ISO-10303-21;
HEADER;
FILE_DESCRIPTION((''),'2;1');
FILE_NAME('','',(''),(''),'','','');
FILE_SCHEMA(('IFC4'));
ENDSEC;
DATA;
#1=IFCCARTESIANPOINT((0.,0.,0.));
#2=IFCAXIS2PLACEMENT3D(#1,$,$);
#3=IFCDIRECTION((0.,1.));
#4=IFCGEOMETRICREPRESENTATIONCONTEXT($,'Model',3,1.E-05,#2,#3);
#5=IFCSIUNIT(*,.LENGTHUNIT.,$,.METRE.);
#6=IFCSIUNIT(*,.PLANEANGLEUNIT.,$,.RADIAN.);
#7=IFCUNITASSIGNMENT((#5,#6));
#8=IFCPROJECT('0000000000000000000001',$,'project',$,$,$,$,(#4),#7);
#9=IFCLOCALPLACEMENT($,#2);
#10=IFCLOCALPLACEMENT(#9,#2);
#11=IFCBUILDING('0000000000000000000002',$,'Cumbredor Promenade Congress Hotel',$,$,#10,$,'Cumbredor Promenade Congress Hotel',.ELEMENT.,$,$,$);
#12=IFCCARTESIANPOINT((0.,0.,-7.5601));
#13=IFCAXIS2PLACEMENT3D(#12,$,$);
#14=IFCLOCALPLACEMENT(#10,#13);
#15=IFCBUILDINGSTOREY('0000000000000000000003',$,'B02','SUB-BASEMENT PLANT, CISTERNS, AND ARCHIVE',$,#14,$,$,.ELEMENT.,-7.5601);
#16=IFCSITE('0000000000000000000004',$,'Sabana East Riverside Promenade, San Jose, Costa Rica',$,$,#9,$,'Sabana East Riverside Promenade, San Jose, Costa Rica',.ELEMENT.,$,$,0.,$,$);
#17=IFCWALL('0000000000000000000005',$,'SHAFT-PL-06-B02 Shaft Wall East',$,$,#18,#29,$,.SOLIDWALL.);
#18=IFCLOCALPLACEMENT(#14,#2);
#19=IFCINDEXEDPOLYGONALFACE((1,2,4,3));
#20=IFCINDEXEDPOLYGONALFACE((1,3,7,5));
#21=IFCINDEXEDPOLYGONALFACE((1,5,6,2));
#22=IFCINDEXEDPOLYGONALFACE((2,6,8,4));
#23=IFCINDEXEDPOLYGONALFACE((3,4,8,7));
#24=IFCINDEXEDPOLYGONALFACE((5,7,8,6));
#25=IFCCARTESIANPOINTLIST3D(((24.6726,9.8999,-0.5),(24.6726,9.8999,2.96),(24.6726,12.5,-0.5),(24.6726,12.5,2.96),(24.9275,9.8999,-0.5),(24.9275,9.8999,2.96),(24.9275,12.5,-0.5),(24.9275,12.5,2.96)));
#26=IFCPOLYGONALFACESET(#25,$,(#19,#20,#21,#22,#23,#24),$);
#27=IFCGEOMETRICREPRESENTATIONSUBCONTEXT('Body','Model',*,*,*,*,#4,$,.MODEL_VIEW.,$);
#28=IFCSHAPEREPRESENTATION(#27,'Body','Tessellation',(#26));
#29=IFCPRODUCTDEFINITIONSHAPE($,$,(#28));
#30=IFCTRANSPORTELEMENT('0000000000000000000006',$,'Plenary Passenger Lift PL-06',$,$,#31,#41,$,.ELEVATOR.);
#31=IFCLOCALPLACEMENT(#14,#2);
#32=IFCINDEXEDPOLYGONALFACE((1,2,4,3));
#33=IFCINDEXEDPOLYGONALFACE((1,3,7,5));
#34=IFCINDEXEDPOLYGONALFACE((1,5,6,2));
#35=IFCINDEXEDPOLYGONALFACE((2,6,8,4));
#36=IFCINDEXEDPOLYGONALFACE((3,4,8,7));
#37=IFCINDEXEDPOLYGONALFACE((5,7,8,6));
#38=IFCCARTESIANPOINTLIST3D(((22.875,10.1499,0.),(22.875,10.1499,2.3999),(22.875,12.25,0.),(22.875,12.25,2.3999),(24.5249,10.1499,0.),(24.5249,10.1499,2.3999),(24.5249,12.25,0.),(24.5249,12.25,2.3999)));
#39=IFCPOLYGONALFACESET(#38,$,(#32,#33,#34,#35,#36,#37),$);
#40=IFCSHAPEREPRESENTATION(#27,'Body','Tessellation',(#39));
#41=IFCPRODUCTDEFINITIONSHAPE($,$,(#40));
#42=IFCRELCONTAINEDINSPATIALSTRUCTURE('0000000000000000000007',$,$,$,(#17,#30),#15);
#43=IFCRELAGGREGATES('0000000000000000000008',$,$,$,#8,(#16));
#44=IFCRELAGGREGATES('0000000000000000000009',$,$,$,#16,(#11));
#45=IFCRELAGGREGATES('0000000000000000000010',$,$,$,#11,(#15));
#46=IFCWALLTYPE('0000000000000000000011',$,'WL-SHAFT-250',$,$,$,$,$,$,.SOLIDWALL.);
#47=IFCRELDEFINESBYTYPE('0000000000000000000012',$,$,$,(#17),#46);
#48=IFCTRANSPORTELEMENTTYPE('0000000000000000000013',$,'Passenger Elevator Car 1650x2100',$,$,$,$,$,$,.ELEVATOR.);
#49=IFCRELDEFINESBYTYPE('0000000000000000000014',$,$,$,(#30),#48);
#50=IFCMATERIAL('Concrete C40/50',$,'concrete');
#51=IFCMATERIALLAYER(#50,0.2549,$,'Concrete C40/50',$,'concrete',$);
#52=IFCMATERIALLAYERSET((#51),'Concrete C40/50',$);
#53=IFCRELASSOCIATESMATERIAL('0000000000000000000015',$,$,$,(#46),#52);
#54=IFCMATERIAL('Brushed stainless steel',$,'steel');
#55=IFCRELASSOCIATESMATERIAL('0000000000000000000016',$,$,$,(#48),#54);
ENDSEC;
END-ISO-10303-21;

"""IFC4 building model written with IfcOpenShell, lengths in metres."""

from ifc_helpers import new_model, si_unit, direction, frame, frame_2d, origin, origin_2d, place, context, subcontext, project, spatial, rectangle, extrude, material, layer, layer_set, type_object, element, save


model = new_model("IFC4")

# Units and contexts
model_context = context("Model", 3, precision=1e-05, world=origin(), true_north=direction((0.0, 1.0)))
body_context = subcontext(model_context, "Body", "Model", "MODEL_VIEW")
ifc_project = project(units=[si_unit("LENGTHUNIT", "METRE"), si_unit("PLANEANGLEUNIT", "RADIAN")], contexts=[model_context])

# Site, building, storey
site_placement = place(None, origin())
site = spatial("IfcSite", under=ifc_project, at=site_placement, Name="Sabana East Riverside Promenade, San Jose, Costa Rica", LongName="Sabana East Riverside Promenade, San Jose, Costa Rica", CompositionType="ELEMENT", RefElevation=0.0)
building_placement = place(site_placement, origin())
building = spatial("IfcBuilding", under=site, at=building_placement, Name="Cumbredor Promenade Congress Hotel", LongName="Cumbredor Promenade Congress Hotel", CompositionType="ELEMENT")
storey_placement = place(building_placement, frame((0.0, 0.0, -7.5601)))
storey = spatial("IfcBuildingStorey", under=building, at=storey_placement, Name="B02", Description="SUB-BASEMENT PLANT, CISTERNS, AND ARCHIVE", CompositionType="ELEMENT", Elevation=-7.5601)

# Shared definitions
ifc_material_1 = material(Name="Concrete C40/50", Category="concrete")

# Wall
ifc_layer_1 = layer(ifc_material_1, 0.2549, Name="Concrete C40/50", Category="concrete")
ifc_layer_set_1 = layer_set([ifc_layer_1], Name="Concrete C40/50")
wall_type_1 = type_object("IfcWallType", Name="WL-SHAFT-250", PredefinedType="SOLIDWALL", material=ifc_layer_set_1)
wall_1_placement = place(storey_placement, frame((24.8, 9.8999, -0.5), z_axis=(0.0, 0.0, 1.0), x_axis=(0.0, 1.0, 0.0)))
element("IfcWall", 1, at=wall_1_placement, inside=storey, type_object=wall_type_1, Name="SHAFT-PL-06-B02 Shaft Wall East", PredefinedType="SOLIDWALL", context=body_context, shape_type="SweptSolid", body=[
    extrude(rectangle(XDim=2.6001, YDim=0.2549, at=frame_2d((1.3, 0.0))), origin(), (0.0, 0.0, 1.0), 3.46),
])

# Transport element
ifc_material_2 = material(Name="Brushed stainless steel", Category="steel")
transport_element_type = type_object("IfcTransportElementType", Name="Passenger Elevator Car 1650x2100", PredefinedType="ELEVATOR", material=ifc_material_2)
transport_element_placement = place(storey_placement, frame((23.7, 11.2, 0.0), z_axis=(0.0, 0.0, 1.0), x_axis=(1.0, 0.0, 0.0)))
element("IfcTransportElement", 2, at=transport_element_placement, inside=storey, type_object=transport_element_type, Name="Plenary Passenger Lift PL-06", PredefinedType="ELEVATOR", context=body_context, shape_type="SweptSolid", body=[
    extrude(rectangle(XDim=1.6499, YDim=2.1001, at=origin_2d()), origin(), (0.0, 0.0, 1.0), 2.3999),
])

save(model, "model.ifc")
